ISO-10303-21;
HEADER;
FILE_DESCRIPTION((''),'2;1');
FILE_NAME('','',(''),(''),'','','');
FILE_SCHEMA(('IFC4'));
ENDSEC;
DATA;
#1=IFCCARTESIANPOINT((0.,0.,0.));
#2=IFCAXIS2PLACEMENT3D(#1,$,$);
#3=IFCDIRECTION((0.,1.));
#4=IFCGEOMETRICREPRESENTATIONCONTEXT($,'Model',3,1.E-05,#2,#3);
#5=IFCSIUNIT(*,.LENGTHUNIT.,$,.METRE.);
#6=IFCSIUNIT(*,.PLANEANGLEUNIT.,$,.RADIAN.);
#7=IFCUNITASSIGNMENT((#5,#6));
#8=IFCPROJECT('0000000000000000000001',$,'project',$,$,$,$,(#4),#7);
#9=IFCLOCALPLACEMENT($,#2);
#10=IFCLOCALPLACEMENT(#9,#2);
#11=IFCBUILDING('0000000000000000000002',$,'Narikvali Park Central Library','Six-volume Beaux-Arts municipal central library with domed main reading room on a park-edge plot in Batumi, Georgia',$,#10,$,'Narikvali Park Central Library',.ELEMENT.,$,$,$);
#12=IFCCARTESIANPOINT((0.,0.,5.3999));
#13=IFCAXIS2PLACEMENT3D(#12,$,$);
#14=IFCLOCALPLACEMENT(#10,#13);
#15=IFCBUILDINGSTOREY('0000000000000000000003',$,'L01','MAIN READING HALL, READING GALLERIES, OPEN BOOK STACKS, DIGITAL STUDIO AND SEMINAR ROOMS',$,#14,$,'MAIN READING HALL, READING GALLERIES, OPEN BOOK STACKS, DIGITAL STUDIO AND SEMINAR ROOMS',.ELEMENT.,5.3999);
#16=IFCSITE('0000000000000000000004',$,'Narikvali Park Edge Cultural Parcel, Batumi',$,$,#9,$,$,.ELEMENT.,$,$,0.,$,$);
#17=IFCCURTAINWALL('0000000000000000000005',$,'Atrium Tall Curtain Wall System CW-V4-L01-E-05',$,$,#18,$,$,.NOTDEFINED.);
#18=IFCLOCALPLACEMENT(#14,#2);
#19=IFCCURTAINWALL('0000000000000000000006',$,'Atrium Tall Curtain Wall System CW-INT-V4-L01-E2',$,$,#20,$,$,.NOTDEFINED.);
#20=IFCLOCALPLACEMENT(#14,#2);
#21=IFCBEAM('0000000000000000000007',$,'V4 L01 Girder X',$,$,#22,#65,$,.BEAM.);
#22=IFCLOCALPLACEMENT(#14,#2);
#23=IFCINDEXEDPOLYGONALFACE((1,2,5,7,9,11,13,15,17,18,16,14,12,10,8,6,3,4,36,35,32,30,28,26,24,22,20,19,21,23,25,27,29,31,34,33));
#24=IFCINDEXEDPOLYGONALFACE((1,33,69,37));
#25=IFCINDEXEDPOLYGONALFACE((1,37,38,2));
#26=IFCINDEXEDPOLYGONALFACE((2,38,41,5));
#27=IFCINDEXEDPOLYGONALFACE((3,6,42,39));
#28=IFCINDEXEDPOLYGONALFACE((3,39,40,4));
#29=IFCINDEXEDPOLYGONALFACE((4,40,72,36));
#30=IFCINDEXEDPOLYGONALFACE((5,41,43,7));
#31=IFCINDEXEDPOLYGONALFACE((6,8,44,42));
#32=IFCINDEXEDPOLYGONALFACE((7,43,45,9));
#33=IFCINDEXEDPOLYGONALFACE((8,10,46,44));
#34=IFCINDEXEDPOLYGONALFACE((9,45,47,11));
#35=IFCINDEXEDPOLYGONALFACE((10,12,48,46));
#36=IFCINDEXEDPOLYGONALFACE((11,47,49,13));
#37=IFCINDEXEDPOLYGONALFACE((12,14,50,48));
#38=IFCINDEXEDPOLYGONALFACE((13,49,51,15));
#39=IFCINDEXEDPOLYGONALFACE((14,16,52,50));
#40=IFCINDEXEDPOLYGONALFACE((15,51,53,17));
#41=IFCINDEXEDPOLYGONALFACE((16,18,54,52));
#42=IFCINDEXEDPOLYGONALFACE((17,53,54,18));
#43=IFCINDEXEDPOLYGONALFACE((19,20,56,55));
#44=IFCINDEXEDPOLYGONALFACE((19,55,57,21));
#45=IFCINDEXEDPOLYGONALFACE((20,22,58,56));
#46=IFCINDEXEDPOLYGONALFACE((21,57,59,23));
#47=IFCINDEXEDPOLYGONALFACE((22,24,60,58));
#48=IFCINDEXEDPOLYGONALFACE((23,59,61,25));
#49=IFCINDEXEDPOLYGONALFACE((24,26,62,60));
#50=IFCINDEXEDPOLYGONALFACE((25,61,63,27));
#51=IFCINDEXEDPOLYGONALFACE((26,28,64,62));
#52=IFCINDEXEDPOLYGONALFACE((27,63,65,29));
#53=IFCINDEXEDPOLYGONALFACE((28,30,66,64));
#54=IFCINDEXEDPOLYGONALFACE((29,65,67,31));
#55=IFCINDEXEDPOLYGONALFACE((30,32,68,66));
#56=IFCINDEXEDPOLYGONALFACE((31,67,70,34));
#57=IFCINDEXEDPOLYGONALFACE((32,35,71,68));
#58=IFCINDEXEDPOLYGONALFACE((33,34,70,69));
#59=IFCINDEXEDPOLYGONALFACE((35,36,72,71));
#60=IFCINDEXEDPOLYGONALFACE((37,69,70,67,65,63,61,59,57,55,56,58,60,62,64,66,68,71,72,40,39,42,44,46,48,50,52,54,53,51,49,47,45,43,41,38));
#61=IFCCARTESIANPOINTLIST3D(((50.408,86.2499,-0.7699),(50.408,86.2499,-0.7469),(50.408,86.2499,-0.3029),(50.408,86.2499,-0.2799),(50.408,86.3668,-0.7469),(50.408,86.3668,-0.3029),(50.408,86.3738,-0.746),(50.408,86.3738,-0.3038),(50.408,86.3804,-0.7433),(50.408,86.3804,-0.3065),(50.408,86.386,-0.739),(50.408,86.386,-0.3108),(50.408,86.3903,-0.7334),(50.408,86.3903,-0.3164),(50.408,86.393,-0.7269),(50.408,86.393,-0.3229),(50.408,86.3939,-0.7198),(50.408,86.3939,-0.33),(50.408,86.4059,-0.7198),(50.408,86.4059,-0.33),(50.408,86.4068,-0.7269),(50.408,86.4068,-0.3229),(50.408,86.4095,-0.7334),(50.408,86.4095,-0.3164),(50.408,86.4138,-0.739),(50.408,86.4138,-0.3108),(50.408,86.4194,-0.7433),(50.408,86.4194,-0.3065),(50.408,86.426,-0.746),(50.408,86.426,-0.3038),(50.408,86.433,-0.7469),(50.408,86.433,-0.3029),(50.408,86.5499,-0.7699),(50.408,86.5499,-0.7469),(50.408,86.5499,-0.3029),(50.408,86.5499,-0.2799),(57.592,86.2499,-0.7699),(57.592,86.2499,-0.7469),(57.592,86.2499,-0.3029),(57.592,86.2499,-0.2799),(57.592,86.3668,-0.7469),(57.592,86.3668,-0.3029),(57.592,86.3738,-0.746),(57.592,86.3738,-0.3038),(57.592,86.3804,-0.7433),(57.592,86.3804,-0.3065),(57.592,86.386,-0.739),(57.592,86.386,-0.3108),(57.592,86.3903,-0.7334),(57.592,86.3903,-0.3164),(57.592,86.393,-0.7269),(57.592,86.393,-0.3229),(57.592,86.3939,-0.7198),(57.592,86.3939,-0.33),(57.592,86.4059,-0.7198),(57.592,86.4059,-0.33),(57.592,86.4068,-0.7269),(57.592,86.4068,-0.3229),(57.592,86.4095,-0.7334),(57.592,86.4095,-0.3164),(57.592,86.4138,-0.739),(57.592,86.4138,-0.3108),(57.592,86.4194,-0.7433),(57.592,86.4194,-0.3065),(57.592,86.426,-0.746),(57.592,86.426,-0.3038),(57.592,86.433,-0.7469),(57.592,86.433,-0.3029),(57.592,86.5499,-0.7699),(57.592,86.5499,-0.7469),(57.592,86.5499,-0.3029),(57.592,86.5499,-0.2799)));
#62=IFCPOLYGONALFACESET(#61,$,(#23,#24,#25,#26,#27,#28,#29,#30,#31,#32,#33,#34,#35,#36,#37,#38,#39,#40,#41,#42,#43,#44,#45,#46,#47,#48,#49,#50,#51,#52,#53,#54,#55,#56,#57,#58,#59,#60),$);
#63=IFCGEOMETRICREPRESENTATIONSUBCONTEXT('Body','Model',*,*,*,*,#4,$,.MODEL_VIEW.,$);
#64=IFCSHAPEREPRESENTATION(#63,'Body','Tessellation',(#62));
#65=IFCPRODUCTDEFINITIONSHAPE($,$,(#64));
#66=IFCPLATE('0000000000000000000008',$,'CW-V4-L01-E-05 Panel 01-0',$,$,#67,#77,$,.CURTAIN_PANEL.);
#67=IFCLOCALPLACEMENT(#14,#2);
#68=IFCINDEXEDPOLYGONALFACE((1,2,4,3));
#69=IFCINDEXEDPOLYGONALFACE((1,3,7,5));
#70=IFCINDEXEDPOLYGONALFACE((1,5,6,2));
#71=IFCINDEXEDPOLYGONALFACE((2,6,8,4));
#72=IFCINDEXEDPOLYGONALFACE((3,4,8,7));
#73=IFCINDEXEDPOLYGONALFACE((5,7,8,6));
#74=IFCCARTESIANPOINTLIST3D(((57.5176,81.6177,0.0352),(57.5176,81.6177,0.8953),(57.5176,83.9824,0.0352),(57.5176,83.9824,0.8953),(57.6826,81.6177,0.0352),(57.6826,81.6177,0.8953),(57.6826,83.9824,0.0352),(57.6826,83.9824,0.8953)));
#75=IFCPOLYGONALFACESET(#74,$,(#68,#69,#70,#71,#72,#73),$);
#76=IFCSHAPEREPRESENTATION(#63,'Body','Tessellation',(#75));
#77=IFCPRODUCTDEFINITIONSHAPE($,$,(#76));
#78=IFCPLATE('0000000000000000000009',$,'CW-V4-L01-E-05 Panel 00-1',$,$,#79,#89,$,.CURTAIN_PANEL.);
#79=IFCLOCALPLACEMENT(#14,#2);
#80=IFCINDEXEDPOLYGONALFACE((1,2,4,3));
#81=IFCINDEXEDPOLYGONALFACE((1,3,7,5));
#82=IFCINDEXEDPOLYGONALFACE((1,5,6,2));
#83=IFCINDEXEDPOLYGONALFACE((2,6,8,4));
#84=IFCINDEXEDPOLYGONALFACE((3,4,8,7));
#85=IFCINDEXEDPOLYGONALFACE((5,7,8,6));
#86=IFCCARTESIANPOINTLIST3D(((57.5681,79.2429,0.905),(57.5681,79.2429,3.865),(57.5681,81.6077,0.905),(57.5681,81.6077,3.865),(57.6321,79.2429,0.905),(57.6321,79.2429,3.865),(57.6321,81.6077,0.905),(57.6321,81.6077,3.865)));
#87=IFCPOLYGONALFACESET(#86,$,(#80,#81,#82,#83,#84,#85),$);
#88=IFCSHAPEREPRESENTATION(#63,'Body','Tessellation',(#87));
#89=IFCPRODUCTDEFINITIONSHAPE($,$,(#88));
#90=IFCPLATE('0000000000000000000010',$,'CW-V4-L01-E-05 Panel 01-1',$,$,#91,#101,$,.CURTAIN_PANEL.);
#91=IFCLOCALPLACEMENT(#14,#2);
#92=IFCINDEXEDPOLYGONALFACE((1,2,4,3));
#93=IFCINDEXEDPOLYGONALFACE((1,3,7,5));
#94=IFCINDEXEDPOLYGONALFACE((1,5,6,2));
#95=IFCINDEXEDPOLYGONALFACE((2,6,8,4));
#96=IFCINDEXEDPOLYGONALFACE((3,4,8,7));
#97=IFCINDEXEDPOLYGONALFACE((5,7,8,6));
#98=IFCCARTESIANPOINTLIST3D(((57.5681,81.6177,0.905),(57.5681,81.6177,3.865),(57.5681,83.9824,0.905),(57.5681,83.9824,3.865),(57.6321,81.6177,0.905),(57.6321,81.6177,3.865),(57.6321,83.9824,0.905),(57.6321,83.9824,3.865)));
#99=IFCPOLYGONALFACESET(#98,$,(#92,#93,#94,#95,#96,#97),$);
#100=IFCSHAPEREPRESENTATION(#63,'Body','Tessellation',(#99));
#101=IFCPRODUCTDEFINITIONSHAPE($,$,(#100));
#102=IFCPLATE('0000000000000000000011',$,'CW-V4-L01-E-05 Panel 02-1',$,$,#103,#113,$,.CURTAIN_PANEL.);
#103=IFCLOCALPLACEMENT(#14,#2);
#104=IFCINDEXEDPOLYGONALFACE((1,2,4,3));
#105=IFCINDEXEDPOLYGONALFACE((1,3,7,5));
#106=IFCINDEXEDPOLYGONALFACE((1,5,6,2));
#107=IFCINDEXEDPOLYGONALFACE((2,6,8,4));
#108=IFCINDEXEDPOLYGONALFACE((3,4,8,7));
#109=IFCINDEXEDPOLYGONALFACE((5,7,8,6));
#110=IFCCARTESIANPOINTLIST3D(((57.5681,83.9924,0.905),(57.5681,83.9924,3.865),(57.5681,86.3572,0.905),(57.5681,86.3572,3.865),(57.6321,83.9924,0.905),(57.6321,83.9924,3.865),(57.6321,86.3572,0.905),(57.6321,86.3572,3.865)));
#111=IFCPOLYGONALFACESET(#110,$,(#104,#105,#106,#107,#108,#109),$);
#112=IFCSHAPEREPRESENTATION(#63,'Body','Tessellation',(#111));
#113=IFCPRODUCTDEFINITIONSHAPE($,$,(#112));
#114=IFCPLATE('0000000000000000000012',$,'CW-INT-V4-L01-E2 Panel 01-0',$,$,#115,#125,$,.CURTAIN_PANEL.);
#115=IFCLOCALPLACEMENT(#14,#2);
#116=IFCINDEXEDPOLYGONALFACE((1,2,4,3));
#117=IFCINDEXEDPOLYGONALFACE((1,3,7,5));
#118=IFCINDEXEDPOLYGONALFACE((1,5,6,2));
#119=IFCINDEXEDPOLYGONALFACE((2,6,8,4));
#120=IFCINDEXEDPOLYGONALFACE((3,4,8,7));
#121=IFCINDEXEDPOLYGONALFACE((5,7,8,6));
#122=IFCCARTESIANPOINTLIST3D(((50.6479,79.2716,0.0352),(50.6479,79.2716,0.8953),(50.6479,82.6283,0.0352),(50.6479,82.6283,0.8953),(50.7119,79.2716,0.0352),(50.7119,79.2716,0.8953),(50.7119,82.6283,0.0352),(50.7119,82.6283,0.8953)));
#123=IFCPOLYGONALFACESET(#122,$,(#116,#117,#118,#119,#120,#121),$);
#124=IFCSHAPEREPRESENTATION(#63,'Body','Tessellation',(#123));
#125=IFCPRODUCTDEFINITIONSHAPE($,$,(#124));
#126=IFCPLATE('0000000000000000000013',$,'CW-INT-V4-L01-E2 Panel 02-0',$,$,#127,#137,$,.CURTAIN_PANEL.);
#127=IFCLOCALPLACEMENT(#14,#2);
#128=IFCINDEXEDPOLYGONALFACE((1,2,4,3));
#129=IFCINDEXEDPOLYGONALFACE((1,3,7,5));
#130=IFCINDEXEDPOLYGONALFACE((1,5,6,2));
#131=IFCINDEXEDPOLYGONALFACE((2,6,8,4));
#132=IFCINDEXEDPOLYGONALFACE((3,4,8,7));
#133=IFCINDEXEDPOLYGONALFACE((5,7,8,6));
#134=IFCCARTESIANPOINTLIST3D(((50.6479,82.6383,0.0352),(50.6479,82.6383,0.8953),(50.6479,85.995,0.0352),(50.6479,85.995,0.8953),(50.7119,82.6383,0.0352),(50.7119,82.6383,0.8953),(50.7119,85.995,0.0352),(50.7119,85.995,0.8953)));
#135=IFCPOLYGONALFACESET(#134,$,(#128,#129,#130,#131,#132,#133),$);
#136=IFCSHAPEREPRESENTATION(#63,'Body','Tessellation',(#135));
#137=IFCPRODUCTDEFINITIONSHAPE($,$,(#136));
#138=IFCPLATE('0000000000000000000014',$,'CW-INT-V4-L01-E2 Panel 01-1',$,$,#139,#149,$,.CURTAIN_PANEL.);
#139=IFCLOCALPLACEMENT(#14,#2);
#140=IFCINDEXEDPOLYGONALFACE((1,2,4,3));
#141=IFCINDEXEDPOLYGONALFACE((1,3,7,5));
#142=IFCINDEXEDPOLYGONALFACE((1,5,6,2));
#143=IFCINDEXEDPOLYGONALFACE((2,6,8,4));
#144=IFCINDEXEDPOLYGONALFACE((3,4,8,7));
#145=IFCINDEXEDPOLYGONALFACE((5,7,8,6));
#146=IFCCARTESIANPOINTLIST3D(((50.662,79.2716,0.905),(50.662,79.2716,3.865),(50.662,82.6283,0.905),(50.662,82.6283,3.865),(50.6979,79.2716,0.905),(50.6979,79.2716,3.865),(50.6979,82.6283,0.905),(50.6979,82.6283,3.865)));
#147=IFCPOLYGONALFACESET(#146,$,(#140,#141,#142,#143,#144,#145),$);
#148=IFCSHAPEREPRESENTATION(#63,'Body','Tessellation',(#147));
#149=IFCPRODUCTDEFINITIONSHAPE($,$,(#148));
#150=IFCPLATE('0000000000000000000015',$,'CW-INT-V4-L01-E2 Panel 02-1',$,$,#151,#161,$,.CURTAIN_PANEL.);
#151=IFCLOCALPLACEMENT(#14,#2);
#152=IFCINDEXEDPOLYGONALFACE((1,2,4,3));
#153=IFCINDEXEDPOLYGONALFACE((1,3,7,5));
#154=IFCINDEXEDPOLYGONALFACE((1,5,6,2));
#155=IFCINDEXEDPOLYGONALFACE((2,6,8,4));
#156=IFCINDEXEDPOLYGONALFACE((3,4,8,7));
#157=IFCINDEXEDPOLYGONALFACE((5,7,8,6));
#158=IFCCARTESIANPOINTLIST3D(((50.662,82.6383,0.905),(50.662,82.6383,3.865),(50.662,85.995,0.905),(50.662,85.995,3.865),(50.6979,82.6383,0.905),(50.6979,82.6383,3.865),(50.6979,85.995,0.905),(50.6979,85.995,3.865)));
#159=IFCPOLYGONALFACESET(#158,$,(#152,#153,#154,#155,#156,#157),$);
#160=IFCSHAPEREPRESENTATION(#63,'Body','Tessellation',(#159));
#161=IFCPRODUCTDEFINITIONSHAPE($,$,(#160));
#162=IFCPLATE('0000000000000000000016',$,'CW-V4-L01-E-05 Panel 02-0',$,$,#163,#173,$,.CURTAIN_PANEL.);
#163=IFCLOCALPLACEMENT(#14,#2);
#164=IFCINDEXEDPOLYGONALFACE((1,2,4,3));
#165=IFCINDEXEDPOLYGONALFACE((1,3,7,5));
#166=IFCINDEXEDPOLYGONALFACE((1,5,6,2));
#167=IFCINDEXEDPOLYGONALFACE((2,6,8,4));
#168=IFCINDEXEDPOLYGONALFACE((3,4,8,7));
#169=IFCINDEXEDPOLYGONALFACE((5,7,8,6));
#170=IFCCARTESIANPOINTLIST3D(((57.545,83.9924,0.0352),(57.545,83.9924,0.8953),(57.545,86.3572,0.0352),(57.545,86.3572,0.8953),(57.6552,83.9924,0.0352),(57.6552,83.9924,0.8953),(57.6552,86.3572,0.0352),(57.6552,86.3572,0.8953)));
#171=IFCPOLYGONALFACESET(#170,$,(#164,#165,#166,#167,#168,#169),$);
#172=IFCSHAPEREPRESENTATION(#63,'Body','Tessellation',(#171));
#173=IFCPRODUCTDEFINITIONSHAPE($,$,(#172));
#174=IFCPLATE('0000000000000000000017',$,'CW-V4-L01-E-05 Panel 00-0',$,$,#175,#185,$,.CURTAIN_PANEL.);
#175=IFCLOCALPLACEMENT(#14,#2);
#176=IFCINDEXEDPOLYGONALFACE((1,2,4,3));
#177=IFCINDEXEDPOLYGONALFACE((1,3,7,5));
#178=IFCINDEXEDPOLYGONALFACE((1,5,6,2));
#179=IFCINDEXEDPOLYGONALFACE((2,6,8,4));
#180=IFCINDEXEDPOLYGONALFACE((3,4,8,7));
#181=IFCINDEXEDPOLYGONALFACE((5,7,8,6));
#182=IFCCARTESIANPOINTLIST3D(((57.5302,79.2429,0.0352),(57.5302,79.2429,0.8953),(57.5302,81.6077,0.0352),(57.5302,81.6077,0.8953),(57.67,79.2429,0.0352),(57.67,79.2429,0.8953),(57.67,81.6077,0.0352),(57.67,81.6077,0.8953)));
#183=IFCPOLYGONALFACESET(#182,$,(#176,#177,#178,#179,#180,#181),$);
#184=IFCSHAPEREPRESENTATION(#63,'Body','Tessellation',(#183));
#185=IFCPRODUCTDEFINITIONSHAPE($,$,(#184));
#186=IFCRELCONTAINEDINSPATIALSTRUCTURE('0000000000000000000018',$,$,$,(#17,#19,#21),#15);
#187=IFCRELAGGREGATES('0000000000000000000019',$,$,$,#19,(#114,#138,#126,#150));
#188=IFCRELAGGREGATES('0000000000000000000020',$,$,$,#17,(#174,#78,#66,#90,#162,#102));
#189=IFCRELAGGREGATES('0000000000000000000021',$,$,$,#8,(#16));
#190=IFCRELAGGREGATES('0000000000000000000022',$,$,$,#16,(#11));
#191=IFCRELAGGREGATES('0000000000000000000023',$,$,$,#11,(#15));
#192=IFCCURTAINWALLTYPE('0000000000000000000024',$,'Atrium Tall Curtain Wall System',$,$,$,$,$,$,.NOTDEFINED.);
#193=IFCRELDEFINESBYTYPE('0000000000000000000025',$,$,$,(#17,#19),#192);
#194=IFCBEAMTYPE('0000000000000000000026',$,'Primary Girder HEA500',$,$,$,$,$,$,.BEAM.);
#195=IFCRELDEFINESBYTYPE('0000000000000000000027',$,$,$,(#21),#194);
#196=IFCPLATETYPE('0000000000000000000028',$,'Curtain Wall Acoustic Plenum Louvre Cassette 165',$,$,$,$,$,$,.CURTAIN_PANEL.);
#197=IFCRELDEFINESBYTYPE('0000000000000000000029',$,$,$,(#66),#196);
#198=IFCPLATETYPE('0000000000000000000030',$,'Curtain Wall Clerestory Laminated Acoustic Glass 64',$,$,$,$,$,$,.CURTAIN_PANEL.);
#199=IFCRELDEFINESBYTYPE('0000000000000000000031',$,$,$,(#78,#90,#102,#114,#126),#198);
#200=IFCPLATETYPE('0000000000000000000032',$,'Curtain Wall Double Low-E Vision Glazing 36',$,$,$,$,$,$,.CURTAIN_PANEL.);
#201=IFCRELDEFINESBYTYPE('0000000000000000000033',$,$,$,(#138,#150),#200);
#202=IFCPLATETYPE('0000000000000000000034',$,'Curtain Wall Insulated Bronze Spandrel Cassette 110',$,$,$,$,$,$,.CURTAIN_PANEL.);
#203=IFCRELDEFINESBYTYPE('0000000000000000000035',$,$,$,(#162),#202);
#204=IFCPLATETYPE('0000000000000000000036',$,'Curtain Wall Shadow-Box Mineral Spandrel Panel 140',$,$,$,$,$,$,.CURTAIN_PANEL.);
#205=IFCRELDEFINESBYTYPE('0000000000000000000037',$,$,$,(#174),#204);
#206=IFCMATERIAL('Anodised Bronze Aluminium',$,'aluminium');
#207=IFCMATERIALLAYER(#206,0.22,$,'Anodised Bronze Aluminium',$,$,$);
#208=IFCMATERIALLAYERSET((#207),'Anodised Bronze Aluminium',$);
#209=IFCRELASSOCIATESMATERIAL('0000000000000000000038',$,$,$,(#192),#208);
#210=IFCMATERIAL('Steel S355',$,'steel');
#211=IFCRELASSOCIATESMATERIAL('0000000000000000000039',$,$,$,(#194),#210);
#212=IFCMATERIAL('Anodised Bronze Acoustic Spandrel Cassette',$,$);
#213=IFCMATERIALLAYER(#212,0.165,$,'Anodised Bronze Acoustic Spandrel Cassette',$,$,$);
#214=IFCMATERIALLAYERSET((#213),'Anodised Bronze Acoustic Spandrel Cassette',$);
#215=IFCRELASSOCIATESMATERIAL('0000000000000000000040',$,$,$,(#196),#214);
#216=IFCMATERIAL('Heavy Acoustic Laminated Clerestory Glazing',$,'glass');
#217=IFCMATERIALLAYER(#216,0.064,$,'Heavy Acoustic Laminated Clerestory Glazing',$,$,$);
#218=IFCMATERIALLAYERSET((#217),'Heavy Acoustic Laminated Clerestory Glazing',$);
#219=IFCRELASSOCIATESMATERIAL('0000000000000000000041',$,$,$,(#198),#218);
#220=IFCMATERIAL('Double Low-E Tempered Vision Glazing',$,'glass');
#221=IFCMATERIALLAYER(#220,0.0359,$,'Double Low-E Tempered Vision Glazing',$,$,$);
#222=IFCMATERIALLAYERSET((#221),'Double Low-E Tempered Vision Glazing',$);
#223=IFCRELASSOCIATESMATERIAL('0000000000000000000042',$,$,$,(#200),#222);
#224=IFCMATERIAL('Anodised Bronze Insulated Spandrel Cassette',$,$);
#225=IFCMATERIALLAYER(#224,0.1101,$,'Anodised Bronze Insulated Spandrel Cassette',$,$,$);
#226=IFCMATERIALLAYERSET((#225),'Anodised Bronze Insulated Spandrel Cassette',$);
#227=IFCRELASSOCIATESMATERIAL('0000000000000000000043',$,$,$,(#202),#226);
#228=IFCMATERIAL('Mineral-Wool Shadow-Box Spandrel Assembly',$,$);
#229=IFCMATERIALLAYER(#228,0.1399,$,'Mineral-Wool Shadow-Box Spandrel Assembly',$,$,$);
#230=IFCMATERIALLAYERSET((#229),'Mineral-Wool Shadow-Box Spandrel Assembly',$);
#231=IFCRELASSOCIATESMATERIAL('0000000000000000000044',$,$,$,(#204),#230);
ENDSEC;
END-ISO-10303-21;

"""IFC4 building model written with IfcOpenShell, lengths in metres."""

from ifc_helpers import new_model, si_unit, direction, frame, origin, origin_2d, place, context, subcontext, project, spatial, rectangle, i_section, extrude, material, layer, layer_set, material_profile, profile_set, type_object, element, aggregate, save


model = new_model("IFC4")

# Units and contexts
model_context = context("Model", 3, precision=1e-05, world=origin(), true_north=direction((0.0, 1.0)))
body_context = subcontext(model_context, "Body", "Model", "MODEL_VIEW")
ifc_project = project(units=[si_unit("LENGTHUNIT", "METRE"), si_unit("PLANEANGLEUNIT", "RADIAN")], contexts=[model_context])

# Site, building, storey
site_placement = place(None, origin())
site = spatial("IfcSite", under=ifc_project, at=site_placement, Name="Narikvali Park Edge Cultural Parcel, Batumi", CompositionType="ELEMENT", RefElevation=0.0)
building_placement = place(site_placement, origin())
building = spatial("IfcBuilding", under=site, at=building_placement, Name="Narikvali Park Central Library", Description="Six-volume Beaux-Arts municipal central library with domed main reading room on a park-edge plot in Batumi, Georgia", LongName="Narikvali Park Central Library", CompositionType="ELEMENT")
storey_placement = place(building_placement, frame((0.0, 0.0, 5.3999)))
storey = spatial("IfcBuildingStorey", under=building, at=storey_placement, Name="L01", Description="MAIN READING HALL, READING GALLERIES, OPEN BOOK STACKS, DIGITAL STUDIO AND SEMINAR ROOMS", LongName="MAIN READING HALL, READING GALLERIES, OPEN BOOK STACKS, DIGITAL STUDIO AND SEMINAR ROOMS", CompositionType="ELEMENT", Elevation=5.3999)

# Shared definitions
ifc_material_1 = material(Name="Steel S355", Category="steel")

# Curtain walls
ifc_material_2 = material(Name="Anodised Bronze Aluminium", Category="aluminium")
ifc_layer_1 = layer(ifc_material_2, 0.22, Name="Anodised Bronze Aluminium")
ifc_layer_set_1 = layer_set([ifc_layer_1], Name="Anodised Bronze Aluminium")
curtain_wall_type = type_object("IfcCurtainWallType", Name="Atrium Tall Curtain Wall System", PredefinedType="NOTDEFINED", material=ifc_layer_set_1)
curtain_wall_1_placement = place(storey_placement, origin())
curtain_wall_1 = element("IfcCurtainWall", 1, at=curtain_wall_1_placement, inside=storey, type_object=curtain_wall_type, Name="Atrium Tall Curtain Wall System CW-V4-L01-E-05", PredefinedType="NOTDEFINED")
curtain_wall_2_placement = place(storey_placement, origin())
curtain_wall_2 = element("IfcCurtainWall", 2, at=curtain_wall_2_placement, inside=storey, type_object=curtain_wall_type, Name="Atrium Tall Curtain Wall System CW-INT-V4-L01-E2", PredefinedType="NOTDEFINED")

# Beam
ifc_material_profile_1 = material_profile(ifc_material_1, i_section(OverallWidth=0.3, OverallDepth=0.49, WebThickness=0.012, FlangeThickness=0.0229, FilletRadius=0.0271, at=origin_2d()), Name="HEA 500")
ifc_profile_set_1 = profile_set([ifc_material_profile_1], Name="Steel S355")
beam_type_1 = type_object("IfcBeamType", Name="Primary Girder HEA500", PredefinedType="BEAM", material=ifc_profile_set_1)
beam_1_placement = place(storey_placement, frame((50.408, 86.3999, -0.5249), z_axis=(1.0, 0.0, 0.0), x_axis=(0.0, 1.0, 0.0)))
element("IfcBeam", 3, at=beam_1_placement, inside=storey, type_object=beam_type_1, Name="V4 L01 Girder X", PredefinedType="BEAM", context=body_context, shape_type="SweptSolid", body=[
    extrude(i_section(OverallWidth=0.3, OverallDepth=0.49, WebThickness=0.012, FlangeThickness=0.0229, FilletRadius=0.0271, at=origin_2d()), origin(), (0.0, 0.0, 1.0), 7.1841),
])

# Plates
ifc_material_3 = material(Name="Anodised Bronze Acoustic Spandrel Cassette")
ifc_layer_2 = layer(ifc_material_3, 0.165, Name="Anodised Bronze Acoustic Spandrel Cassette")
ifc_layer_set_2 = layer_set([ifc_layer_2], Name="Anodised Bronze Acoustic Spandrel Cassette")
plate_type_1 = type_object("IfcPlateType", Name="Curtain Wall Acoustic Plenum Louvre Cassette 165", PredefinedType="CURTAIN_PANEL", material=ifc_layer_set_2)
plate_1_placement = place(storey_placement, frame((57.6001, 82.8, 0.0352), z_axis=(0.0, 0.0, 1.0), x_axis=(0.0, 1.0, 0.0)))
plate_1 = element("IfcPlate", 4, at=plate_1_placement, type_object=plate_type_1, Name="CW-V4-L01-E-05 Panel 01-0", PredefinedType="CURTAIN_PANEL", context=body_context, shape_type="SweptSolid", body=[
    extrude(rectangle(XDim=2.3647, YDim=0.165, at=origin_2d()), origin(), (0.0, 0.0, 1.0), 0.8601),
])
ifc_material_4 = material(Name="Heavy Acoustic Laminated Clerestory Glazing", Category="glass")
ifc_layer_3 = layer(ifc_material_4, 0.064, Name="Heavy Acoustic Laminated Clerestory Glazing")
ifc_layer_set_3 = layer_set([ifc_layer_3], Name="Heavy Acoustic Laminated Clerestory Glazing")
plate_type_2 = type_object("IfcPlateType", Name="Curtain Wall Clerestory Laminated Acoustic Glass 64", PredefinedType="CURTAIN_PANEL", material=ifc_layer_set_3)
plate_2_placement = place(storey_placement, frame((57.6001, 80.4253, 0.905), z_axis=(0.0, 0.0, 1.0), x_axis=(0.0, 1.0, 0.0)))
plate_2 = element("IfcPlate", 5, at=plate_2_placement, type_object=plate_type_2, Name="CW-V4-L01-E-05 Panel 00-1", PredefinedType="CURTAIN_PANEL", context=body_context, shape_type="SweptSolid", body=[
    extrude(rectangle(XDim=2.3647, YDim=0.064, at=origin_2d()), origin(), (0.0, 0.0, 1.0), 2.96),
])
plate_3_placement = place(storey_placement, frame((57.6001, 82.8, 0.905), z_axis=(0.0, 0.0, 1.0), x_axis=(0.0, 1.0, 0.0)))
plate_3 = element("IfcPlate", 6, at=plate_3_placement, type_object=plate_type_2, Name="CW-V4-L01-E-05 Panel 01-1", PredefinedType="CURTAIN_PANEL", context=body_context, shape_type="SweptSolid", body=[
    extrude(rectangle(XDim=2.3647, YDim=0.064, at=origin_2d()), origin(), (0.0, 0.0, 1.0), 2.96),
])
plate_4_placement = place(storey_placement, frame((57.6001, 85.1748, 0.905), z_axis=(0.0, 0.0, 1.0), x_axis=(0.0, 1.0, 0.0)))
plate_4 = element("IfcPlate", 7, at=plate_4_placement, type_object=plate_type_2, Name="CW-V4-L01-E-05 Panel 02-1", PredefinedType="CURTAIN_PANEL", context=body_context, shape_type="SweptSolid", body=[
    extrude(rectangle(XDim=2.3647, YDim=0.064, at=origin_2d()), origin(), (0.0, 0.0, 1.0), 2.96),
])
plate_5_placement = place(storey_placement, frame((50.6799, 80.95, 0.0352), z_axis=(0.0, 0.0, 1.0), x_axis=(0.0, 1.0, 0.0)))
plate_5 = element("IfcPlate", 8, at=plate_5_placement, type_object=plate_type_2, Name="CW-INT-V4-L01-E2 Panel 01-0", PredefinedType="CURTAIN_PANEL", context=body_context, shape_type="SweptSolid", body=[
    extrude(rectangle(XDim=3.3567, YDim=0.064, at=origin_2d()), origin(), (0.0, 0.0, 1.0), 0.8601),
])
plate_6_placement = place(storey_placement, frame((50.6799, 84.3167, 0.0352), z_axis=(0.0, 0.0, 1.0), x_axis=(0.0, 1.0, 0.0)))
plate_6 = element("IfcPlate", 9, at=plate_6_placement, type_object=plate_type_2, Name="CW-INT-V4-L01-E2 Panel 02-0", PredefinedType="CURTAIN_PANEL", context=body_context, shape_type="SweptSolid", body=[
    extrude(rectangle(XDim=3.3567, YDim=0.064, at=origin_2d()), origin(), (0.0, 0.0, 1.0), 0.8601),
])
ifc_material_5 = material(Name="Double Low-E Tempered Vision Glazing", Category="glass")
ifc_layer_4 = layer(ifc_material_5, 0.0359, Name="Double Low-E Tempered Vision Glazing")
ifc_layer_set_4 = layer_set([ifc_layer_4], Name="Double Low-E Tempered Vision Glazing")
plate_type_3 = type_object("IfcPlateType", Name="Curtain Wall Double Low-E Vision Glazing 36", PredefinedType="CURTAIN_PANEL", material=ifc_layer_set_4)
plate_7_placement = place(storey_placement, frame((50.6799, 80.95, 0.905), z_axis=(0.0, 0.0, 1.0), x_axis=(0.0, 1.0, 0.0)))
plate_7 = element("IfcPlate", 10, at=plate_7_placement, type_object=plate_type_3, Name="CW-INT-V4-L01-E2 Panel 01-1", PredefinedType="CURTAIN_PANEL", context=body_context, shape_type="SweptSolid", body=[
    extrude(rectangle(XDim=3.3567, YDim=0.0359, at=origin_2d()), origin(), (0.0, 0.0, 1.0), 2.96),
])
plate_8_placement = place(storey_placement, frame((50.6799, 84.3167, 0.905), z_axis=(0.0, 0.0, 1.0), x_axis=(0.0, 1.0, 0.0)))
plate_8 = element("IfcPlate", 11, at=plate_8_placement, type_object=plate_type_3, Name="CW-INT-V4-L01-E2 Panel 02-1", PredefinedType="CURTAIN_PANEL", context=body_context, shape_type="SweptSolid", body=[
    extrude(rectangle(XDim=3.3567, YDim=0.0359, at=origin_2d()), origin(), (0.0, 0.0, 1.0), 2.96),
])
aggregate(curtain_wall_2, [plate_5, plate_7, plate_6, plate_8])
ifc_material_6 = material(Name="Anodised Bronze Insulated Spandrel Cassette")
ifc_layer_5 = layer(ifc_material_6, 0.1101, Name="Anodised Bronze Insulated Spandrel Cassette")
ifc_layer_set_5 = layer_set([ifc_layer_5], Name="Anodised Bronze Insulated Spandrel Cassette")
plate_type_4 = type_object("IfcPlateType", Name="Curtain Wall Insulated Bronze Spandrel Cassette 110", PredefinedType="CURTAIN_PANEL", material=ifc_layer_set_5)
plate_9_placement = place(storey_placement, frame((57.6001, 85.1748, 0.0352), z_axis=(0.0, 0.0, 1.0), x_axis=(0.0, 1.0, 0.0)))
plate_9 = element("IfcPlate", 12, at=plate_9_placement, type_object=plate_type_4, Name="CW-V4-L01-E-05 Panel 02-0", PredefinedType="CURTAIN_PANEL", context=body_context, shape_type="SweptSolid", body=[
    extrude(rectangle(XDim=2.3647, YDim=0.1101, at=origin_2d()), origin(), (0.0, 0.0, 1.0), 0.8601),
])
ifc_material_7 = material(Name="Mineral-Wool Shadow-Box Spandrel Assembly")
ifc_layer_6 = layer(ifc_material_7, 0.1399, Name="Mineral-Wool Shadow-Box Spandrel Assembly")
ifc_layer_set_6 = layer_set([ifc_layer_6], Name="Mineral-Wool Shadow-Box Spandrel Assembly")
plate_type_5 = type_object("IfcPlateType", Name="Curtain Wall Shadow-Box Mineral Spandrel Panel 140", PredefinedType="CURTAIN_PANEL", material=ifc_layer_set_6)
plate_10_placement = place(storey_placement, frame((57.6001, 80.4253, 0.0352), z_axis=(0.0, 0.0, 1.0), x_axis=(0.0, 1.0, 0.0)))
plate_10 = element("IfcPlate", 13, at=plate_10_placement, type_object=plate_type_5, Name="CW-V4-L01-E-05 Panel 00-0", PredefinedType="CURTAIN_PANEL", context=body_context, shape_type="SweptSolid", body=[
    extrude(rectangle(XDim=2.3647, YDim=0.1399, at=origin_2d()), origin(), (0.0, 0.0, 1.0), 0.8601),
])
aggregate(curtain_wall_1, [plate_10, plate_2, plate_1, plate_3, plate_9, plate_4])

save(model, "model.ifc")
